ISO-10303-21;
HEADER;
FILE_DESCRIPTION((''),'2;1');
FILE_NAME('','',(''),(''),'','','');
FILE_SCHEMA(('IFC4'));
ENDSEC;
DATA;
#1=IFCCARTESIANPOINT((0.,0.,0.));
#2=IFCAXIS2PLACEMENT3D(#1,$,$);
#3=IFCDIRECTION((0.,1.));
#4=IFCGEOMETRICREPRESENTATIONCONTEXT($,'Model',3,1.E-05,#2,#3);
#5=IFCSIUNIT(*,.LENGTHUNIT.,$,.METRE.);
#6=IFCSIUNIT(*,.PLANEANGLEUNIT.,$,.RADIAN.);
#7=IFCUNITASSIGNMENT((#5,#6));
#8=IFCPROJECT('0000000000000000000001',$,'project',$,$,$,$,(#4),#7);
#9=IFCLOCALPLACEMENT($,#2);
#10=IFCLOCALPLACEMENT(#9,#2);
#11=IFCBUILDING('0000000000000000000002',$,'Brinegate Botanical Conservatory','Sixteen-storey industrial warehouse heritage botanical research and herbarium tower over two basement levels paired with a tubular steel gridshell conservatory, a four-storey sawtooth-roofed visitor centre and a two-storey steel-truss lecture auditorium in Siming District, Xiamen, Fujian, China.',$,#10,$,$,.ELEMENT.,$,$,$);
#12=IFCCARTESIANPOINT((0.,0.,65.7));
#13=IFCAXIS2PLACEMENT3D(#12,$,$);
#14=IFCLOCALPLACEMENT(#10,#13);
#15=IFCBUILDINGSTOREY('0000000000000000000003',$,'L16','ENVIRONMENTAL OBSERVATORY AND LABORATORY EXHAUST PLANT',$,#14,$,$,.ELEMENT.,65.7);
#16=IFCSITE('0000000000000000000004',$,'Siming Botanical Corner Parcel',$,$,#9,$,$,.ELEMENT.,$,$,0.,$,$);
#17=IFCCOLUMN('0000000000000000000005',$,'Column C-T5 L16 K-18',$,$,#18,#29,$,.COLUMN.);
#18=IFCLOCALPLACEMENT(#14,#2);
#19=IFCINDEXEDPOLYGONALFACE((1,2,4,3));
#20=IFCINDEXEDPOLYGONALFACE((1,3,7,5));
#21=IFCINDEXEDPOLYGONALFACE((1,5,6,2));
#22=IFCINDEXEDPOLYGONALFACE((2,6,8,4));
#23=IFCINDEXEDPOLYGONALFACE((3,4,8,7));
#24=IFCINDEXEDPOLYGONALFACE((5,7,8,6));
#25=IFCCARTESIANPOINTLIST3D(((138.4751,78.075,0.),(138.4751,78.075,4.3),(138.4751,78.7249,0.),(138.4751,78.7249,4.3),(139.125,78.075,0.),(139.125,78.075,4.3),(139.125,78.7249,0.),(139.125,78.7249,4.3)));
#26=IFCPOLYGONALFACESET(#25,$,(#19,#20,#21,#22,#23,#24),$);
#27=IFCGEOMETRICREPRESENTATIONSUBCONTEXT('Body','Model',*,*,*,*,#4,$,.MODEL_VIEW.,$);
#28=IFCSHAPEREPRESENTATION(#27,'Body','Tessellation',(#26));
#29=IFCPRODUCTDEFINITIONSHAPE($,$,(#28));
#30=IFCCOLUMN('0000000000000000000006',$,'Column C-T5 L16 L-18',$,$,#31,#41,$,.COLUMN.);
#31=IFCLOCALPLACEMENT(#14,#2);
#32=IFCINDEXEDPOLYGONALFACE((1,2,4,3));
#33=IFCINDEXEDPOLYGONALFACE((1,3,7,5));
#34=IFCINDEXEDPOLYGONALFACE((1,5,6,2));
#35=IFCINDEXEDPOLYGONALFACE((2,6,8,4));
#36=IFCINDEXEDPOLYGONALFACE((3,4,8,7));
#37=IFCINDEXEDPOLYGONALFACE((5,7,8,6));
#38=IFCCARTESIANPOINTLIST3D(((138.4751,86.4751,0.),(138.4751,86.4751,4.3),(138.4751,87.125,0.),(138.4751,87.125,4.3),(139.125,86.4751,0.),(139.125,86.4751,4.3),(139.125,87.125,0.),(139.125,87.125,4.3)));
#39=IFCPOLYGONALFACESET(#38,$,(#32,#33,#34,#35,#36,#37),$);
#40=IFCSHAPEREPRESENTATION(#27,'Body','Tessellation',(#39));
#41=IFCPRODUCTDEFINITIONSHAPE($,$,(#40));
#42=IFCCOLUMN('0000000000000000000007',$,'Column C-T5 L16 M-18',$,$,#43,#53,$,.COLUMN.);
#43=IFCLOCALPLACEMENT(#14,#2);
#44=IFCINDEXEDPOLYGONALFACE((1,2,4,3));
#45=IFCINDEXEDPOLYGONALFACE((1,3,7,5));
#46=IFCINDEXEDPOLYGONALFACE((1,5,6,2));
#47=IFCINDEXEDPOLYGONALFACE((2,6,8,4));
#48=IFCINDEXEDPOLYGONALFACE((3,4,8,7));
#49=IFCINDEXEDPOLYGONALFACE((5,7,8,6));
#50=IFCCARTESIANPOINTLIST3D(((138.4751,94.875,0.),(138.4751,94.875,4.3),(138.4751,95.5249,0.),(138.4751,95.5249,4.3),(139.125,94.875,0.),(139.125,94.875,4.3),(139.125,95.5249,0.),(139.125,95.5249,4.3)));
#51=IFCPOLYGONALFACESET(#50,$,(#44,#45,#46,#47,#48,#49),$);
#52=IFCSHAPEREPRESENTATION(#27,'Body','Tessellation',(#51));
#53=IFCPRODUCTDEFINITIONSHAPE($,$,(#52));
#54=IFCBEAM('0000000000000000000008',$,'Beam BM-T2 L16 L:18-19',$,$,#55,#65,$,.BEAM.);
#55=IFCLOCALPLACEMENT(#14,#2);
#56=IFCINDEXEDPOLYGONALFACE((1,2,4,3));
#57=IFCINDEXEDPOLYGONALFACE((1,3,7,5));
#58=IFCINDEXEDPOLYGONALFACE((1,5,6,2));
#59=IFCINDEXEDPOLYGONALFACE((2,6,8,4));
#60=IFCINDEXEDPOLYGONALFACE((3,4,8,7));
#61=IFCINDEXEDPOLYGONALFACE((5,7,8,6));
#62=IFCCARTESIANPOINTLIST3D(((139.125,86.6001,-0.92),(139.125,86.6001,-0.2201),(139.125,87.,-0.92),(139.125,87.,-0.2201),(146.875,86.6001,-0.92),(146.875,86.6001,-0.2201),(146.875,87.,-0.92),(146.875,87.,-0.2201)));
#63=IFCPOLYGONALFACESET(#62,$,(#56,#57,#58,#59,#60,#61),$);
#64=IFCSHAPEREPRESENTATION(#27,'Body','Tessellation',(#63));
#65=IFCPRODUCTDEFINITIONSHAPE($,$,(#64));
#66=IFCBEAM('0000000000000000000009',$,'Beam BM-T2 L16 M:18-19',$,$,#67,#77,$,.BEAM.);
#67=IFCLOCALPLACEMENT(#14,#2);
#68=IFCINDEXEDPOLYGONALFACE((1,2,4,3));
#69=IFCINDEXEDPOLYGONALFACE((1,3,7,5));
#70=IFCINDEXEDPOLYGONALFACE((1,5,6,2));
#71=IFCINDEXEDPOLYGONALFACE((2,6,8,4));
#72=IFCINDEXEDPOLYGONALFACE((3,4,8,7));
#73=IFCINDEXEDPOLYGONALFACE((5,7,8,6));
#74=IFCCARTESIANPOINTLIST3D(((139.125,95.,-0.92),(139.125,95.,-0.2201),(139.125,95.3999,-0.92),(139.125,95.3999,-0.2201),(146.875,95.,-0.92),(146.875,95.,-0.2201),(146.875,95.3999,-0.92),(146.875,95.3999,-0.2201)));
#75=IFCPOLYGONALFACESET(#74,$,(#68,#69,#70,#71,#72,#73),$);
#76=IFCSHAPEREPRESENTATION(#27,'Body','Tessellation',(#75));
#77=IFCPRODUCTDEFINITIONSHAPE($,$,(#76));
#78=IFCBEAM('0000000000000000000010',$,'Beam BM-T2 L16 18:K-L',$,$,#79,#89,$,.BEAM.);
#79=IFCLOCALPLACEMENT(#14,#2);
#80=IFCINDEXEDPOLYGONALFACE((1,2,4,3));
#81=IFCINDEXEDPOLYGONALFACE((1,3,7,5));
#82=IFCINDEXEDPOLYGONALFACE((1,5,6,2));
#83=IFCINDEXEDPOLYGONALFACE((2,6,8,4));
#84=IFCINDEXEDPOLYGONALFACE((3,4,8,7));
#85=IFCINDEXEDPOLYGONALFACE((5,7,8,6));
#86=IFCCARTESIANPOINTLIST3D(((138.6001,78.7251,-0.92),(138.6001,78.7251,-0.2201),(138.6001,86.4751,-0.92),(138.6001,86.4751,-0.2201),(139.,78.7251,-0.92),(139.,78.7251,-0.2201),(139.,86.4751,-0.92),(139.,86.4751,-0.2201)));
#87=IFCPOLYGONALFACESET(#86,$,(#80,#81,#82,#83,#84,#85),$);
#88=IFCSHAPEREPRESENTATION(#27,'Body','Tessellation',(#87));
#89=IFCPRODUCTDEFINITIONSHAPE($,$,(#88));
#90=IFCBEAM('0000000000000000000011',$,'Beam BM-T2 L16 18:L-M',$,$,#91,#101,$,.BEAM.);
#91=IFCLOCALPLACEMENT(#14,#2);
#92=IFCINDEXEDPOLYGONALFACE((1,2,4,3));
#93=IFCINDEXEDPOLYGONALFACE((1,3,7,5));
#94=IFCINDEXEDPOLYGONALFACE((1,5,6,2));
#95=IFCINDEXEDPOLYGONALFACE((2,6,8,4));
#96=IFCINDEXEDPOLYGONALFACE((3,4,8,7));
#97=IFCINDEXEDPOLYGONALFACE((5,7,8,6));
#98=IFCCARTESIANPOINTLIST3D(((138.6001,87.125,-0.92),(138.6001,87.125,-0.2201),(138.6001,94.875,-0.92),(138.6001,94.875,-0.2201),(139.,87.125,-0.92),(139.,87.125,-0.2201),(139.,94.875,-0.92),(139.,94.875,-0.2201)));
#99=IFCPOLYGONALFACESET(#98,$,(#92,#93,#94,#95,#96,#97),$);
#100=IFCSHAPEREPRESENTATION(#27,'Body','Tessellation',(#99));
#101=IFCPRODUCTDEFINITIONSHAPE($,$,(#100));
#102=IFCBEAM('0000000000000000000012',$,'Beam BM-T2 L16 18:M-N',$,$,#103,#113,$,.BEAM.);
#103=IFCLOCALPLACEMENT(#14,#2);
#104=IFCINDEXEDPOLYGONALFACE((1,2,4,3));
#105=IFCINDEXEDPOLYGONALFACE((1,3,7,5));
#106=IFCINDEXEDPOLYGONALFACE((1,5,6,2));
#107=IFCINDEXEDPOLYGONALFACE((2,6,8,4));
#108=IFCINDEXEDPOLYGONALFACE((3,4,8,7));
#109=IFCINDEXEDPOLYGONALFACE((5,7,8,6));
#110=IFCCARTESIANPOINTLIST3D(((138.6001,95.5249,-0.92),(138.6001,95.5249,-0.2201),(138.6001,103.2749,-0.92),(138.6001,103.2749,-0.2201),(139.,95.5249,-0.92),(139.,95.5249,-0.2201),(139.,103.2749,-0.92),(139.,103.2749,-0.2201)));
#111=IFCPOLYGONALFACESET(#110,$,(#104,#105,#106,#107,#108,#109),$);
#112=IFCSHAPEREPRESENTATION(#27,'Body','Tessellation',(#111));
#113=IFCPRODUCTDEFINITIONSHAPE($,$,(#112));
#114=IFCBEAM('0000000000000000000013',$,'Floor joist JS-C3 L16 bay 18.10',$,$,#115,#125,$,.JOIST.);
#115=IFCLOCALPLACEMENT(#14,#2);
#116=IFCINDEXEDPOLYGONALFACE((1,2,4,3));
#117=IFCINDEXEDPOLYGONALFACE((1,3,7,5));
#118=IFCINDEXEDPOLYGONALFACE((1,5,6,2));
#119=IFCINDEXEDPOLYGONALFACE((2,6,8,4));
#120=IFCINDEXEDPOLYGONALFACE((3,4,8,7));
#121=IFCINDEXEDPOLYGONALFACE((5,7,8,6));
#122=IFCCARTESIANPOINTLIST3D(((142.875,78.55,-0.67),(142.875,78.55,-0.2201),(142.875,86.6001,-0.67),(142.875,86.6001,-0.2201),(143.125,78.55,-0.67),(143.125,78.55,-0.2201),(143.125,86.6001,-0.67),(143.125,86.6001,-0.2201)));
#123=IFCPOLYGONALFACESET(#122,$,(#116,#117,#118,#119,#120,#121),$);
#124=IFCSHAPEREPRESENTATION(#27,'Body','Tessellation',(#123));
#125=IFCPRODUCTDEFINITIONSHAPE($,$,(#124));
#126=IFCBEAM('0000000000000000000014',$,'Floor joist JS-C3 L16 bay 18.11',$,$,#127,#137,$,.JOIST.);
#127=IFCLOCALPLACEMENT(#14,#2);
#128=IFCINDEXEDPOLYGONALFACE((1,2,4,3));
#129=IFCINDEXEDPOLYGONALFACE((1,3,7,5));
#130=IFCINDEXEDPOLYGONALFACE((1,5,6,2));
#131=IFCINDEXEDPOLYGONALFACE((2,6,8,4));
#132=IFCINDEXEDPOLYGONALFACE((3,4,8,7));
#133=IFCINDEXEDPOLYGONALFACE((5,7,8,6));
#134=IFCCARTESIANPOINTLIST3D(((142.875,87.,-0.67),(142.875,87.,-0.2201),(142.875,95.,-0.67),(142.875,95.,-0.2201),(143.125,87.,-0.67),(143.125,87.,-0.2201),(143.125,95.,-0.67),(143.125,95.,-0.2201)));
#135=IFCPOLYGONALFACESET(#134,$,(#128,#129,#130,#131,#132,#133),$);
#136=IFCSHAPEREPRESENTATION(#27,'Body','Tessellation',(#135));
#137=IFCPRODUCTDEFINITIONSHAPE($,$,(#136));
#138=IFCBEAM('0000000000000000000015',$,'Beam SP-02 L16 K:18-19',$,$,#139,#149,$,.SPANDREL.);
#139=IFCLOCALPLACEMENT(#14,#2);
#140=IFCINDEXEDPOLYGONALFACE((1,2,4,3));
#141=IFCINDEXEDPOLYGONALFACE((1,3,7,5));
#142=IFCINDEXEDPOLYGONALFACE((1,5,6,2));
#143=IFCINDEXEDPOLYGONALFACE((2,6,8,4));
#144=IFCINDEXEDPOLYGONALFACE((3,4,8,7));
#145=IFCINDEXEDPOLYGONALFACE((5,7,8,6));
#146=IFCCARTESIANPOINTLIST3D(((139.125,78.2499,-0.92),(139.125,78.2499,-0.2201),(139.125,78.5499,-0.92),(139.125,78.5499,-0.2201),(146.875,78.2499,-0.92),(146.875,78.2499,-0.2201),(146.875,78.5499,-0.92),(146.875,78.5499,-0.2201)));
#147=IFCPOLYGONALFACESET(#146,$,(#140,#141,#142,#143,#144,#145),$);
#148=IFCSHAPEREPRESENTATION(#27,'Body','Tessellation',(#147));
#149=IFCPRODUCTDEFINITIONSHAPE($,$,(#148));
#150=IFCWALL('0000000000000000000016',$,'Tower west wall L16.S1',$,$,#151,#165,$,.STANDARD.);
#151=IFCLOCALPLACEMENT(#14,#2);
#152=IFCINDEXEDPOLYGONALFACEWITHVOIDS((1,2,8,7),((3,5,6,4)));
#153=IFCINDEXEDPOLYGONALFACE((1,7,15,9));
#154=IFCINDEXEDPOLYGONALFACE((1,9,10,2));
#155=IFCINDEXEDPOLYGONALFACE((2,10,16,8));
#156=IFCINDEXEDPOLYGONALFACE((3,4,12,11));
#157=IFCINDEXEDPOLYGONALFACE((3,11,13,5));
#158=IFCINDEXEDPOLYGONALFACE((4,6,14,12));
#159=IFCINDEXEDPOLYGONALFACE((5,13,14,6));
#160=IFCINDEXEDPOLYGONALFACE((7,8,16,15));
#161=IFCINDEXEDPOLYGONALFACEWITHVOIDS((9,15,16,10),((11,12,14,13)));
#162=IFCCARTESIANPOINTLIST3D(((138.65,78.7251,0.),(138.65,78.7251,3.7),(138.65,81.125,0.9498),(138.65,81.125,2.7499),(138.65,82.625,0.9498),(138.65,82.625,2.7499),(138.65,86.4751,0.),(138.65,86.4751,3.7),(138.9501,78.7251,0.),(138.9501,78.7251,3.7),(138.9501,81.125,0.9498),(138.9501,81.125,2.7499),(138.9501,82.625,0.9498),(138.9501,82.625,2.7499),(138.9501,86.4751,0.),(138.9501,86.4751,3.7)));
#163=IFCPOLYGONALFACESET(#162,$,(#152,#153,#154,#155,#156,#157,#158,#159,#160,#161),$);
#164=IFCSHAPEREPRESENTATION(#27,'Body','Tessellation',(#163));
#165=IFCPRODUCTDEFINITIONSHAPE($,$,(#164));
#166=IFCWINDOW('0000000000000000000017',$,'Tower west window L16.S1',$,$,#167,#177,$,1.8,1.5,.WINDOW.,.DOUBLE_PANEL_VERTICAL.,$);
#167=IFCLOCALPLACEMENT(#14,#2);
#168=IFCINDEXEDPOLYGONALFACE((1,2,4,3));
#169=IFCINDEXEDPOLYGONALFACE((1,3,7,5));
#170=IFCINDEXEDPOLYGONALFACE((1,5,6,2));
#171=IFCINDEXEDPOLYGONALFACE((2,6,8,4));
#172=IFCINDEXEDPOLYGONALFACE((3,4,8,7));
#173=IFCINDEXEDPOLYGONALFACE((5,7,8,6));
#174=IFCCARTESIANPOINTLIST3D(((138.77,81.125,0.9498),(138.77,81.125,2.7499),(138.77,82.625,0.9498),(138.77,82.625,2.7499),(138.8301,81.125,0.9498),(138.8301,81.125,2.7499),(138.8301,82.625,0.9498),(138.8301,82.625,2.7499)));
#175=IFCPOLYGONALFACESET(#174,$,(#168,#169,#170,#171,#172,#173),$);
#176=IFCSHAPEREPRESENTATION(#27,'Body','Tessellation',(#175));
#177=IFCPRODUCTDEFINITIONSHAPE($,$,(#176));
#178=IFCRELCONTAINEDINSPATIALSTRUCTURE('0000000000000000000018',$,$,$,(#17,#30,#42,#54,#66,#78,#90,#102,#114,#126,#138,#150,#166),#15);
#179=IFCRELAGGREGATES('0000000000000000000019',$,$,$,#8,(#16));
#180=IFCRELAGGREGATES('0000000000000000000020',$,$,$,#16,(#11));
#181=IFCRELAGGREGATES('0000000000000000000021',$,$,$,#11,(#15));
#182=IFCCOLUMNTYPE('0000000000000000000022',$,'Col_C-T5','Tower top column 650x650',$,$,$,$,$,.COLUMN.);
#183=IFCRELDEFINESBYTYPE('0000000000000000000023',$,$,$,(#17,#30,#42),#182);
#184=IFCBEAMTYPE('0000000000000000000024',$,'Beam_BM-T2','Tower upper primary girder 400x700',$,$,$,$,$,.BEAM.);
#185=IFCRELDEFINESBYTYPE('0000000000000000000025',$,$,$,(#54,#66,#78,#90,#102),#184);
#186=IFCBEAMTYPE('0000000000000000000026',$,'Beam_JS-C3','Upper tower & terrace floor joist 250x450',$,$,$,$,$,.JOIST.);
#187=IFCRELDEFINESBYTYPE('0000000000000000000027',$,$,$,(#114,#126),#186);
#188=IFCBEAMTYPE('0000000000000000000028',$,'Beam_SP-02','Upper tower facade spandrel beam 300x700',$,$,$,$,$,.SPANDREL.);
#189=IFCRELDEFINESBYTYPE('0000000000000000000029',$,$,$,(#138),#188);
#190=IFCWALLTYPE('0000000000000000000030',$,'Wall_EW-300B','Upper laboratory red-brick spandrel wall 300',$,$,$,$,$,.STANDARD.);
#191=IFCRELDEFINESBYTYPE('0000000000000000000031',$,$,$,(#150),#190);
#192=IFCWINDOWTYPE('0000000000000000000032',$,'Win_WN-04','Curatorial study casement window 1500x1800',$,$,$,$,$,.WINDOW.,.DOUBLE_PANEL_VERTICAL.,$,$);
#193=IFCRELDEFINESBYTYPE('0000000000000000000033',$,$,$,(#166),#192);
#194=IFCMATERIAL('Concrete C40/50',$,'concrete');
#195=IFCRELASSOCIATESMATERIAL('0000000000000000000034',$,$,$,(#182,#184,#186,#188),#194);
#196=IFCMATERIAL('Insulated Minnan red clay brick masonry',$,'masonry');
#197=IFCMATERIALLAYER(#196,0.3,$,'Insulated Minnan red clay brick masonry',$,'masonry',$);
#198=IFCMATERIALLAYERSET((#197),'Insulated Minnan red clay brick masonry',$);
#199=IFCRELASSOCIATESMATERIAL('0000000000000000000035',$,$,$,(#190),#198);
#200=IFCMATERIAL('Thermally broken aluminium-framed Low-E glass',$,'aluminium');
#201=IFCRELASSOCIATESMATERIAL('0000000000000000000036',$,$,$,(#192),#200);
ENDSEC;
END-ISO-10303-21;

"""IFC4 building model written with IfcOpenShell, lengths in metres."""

from ifc_helpers import new_model, si_unit, direction, frame, frame_2d, origin, origin_2d, place, context, subcontext, project, spatial, rectangle, extrude, material, layer, layer_set, material_profile, profile_set, type_object, element, fill, save


model = new_model("IFC4")

# Units and contexts
model_context = context("Model", 3, precision=1e-05, world=origin(), true_north=direction((0.0, 1.0)))
body_context = subcontext(model_context, "Body", "Model", "MODEL_VIEW")
ifc_project = project(units=[si_unit("LENGTHUNIT", "METRE"), si_unit("PLANEANGLEUNIT", "RADIAN")], contexts=[model_context])

# Site, building, storey
site_placement = place(None, origin())
site = spatial("IfcSite", under=ifc_project, at=site_placement, Name="Siming Botanical Corner Parcel", CompositionType="ELEMENT", RefElevation=0.0)
building_placement = place(site_placement, origin())
building = spatial("IfcBuilding", under=site, at=building_placement, Name="Brinegate Botanical Conservatory", Description="Sixteen-storey industrial warehouse heritage botanical research and herbarium tower over two basement levels paired with a tubular steel gridshell conservatory, a four-storey sawtooth-roofed visitor centre and a two-storey steel-truss lecture auditorium in Siming District, Xiamen, Fujian, China.", CompositionType="ELEMENT")
storey_placement = place(building_placement, frame((0.0, 0.0, 65.7)))
storey = spatial("IfcBuildingStorey", under=building, at=storey_placement, Name="L16", Description="ENVIRONMENTAL OBSERVATORY AND LABORATORY EXHAUST PLANT", CompositionType="ELEMENT", Elevation=65.7)

# Columns
ifc_material_1 = material(Name="Concrete C40/50", Category="concrete")
ifc_material_profile_1 = material_profile(ifc_material_1, rectangle(XDim=0.6499, YDim=0.6499, at=origin_2d()), Name="RC COL 650x650")
ifc_profile_set_1 = profile_set([ifc_material_profile_1], Name="Concrete C40/50")
column_type = type_object("IfcColumnType", Name="Col_C-T5", Description="Tower top column 650x650", PredefinedType="COLUMN", material=ifc_profile_set_1)
for number, where, z_axis, x_axis, name in (
    (1, (138.8, 78.3999, 0.0), (0.0, 0.0, 1.0), (1.0, 0.0, 0.0), "Column C-T5 L16 K-18"),
    (2, (138.8, 86.8, 0.0), (0.0, 0.0, 1.0), (1.0, 0.0, 0.0), "Column C-T5 L16 L-18"),
    (3, (138.8, 95.2, 0.0), (0.0, 0.0, 1.0), (1.0, 0.0, 0.0), "Column C-T5 L16 M-18"),
):
    element("IfcColumn", number, at=place(storey_placement, frame(where, z_axis=z_axis, x_axis=x_axis)), inside=storey, type_object=column_type, Name=name, PredefinedType="COLUMN", context=body_context, shape_type="SweptSolid", body=[
        extrude(rectangle(XDim=0.6499, YDim=0.6499, at=origin_2d()), origin(), (0.0, 0.0, 1.0), 4.3),
    ])

# Beams
ifc_material_profile_2 = material_profile(ifc_material_1, rectangle(XDim=0.3999, YDim=0.7, at=origin_2d()), Name="RC BM 400x700")
ifc_profile_set_2 = profile_set([ifc_material_profile_2], Name="Concrete C40/50")
beam_type_1 = type_object("IfcBeamType", Name="Beam_BM-T2", Description="Tower upper primary girder 400x700", PredefinedType="BEAM", material=ifc_profile_set_2)
for number, where, z_axis, x_axis, name in (
    (4, (139.125, 86.8, -0.5701), (1.0, 0.0, 0.0), (0.0, 1.0, 0.0), "Beam BM-T2 L16 L:18-19"),
    (5, (139.125, 95.2, -0.5701), (1.0, 0.0, 0.0), (0.0, 1.0, 0.0), "Beam BM-T2 L16 M:18-19"),
    (6, (138.8, 78.7251, -0.5701), (0.0, 1.0, 0.0), (-1.0, 0.0, 0.0), "Beam BM-T2 L16 18:K-L"),
    (7, (138.8, 87.125, -0.5701), (0.0, 1.0, 0.0), (-1.0, 0.0, 0.0), "Beam BM-T2 L16 18:L-M"),
    (8, (138.8, 95.5249, -0.5701), (0.0, 1.0, 0.0), (-1.0, 0.0, 0.0), "Beam BM-T2 L16 18:M-N"),
):
    element("IfcBeam", number, at=place(storey_placement, frame(where, z_axis=z_axis, x_axis=x_axis)), inside=storey, type_object=beam_type_1, Name=name, PredefinedType="BEAM", context=body_context, shape_type="SweptSolid", body=[
        extrude(rectangle(XDim=0.3999, YDim=0.7, at=origin_2d()), origin(), (0.0, 0.0, 1.0), 7.75),
    ])
ifc_material_profile_3 = material_profile(ifc_material_1, rectangle(XDim=0.25, YDim=0.45, at=origin_2d()), Name="RC JST 250x450")
ifc_profile_set_3 = profile_set([ifc_material_profile_3], Name="Concrete C40/50")
beam_type_2 = type_object("IfcBeamType", Name="Beam_JS-C3", Description="Upper tower & terrace floor joist 250x450", PredefinedType="JOIST", material=ifc_profile_set_3)
beam_1_placement = place(storey_placement, frame((143.0, 78.55, -0.4451), z_axis=(0.0, 1.0, 0.0), x_axis=(-1.0, 0.0, 0.0)))
element("IfcBeam", 9, at=beam_1_placement, inside=storey, type_object=beam_type_2, Name="Floor joist JS-C3 L16 bay 18.10", PredefinedType="JOIST", context=body_context, shape_type="SweptSolid", body=[
    extrude(rectangle(XDim=0.25, YDim=0.45, at=origin_2d()), origin(), (0.0, 0.0, 1.0), 8.05),
])
beam_2_placement = place(storey_placement, frame((143.0, 87.0, -0.4451), z_axis=(0.0, 1.0, 0.0), x_axis=(-1.0, 0.0, 0.0)))
element("IfcBeam", 10, at=beam_2_placement, inside=storey, type_object=beam_type_2, Name="Floor joist JS-C3 L16 bay 18.11", PredefinedType="JOIST", context=body_context, shape_type="SweptSolid", body=[
    extrude(rectangle(XDim=0.25, YDim=0.45, at=origin_2d()), origin(), (0.0, 0.0, 1.0), 8.0),
])
ifc_material_profile_4 = material_profile(ifc_material_1, rectangle(XDim=0.3, YDim=0.7, at=origin_2d()), Name="RC SPN 300x700")
ifc_profile_set_4 = profile_set([ifc_material_profile_4], Name="Concrete C40/50")
beam_type_3 = type_object("IfcBeamType", Name="Beam_SP-02", Description="Upper tower facade spandrel beam 300x700", PredefinedType="SPANDREL", material=ifc_profile_set_4)
beam_3_placement = place(storey_placement, frame((139.125, 78.3999, -0.5701), z_axis=(1.0, 0.0, 0.0), x_axis=(0.0, 1.0, 0.0)))
element("IfcBeam", 11, at=beam_3_placement, inside=storey, type_object=beam_type_3, Name="Beam SP-02 L16 K:18-19", PredefinedType="SPANDREL", context=body_context, shape_type="SweptSolid", body=[
    extrude(rectangle(XDim=0.3, YDim=0.7, at=origin_2d()), origin(), (0.0, 0.0, 1.0), 7.75),
])

# Wall, opening, window
ifc_material_2 = material(Name="Insulated Minnan red clay brick masonry", Category="masonry")
ifc_layer_1 = layer(ifc_material_2, 0.3, Name="Insulated Minnan red clay brick masonry", Category="masonry")
ifc_layer_set_1 = layer_set([ifc_layer_1], Name="Insulated Minnan red clay brick masonry")
wall_type_1 = type_object("IfcWallType", Name="Wall_EW-300B", Description="Upper laboratory red-brick spandrel wall 300", PredefinedType="STANDARD", material=ifc_layer_set_1)
wall_1_placement = place(storey_placement, frame((138.8, 78.7251, 0.0), z_axis=(0.0, 0.0, 1.0), x_axis=(0.0, 1.0, 0.0)))
wall_1 = element("IfcWall", 12, at=wall_1_placement, inside=storey, type_object=wall_type_1, Name="Tower west wall L16.S1", PredefinedType="STANDARD", context=body_context, shape_type="SweptSolid", body=[
    extrude(rectangle(XDim=7.75, YDim=0.3, at=frame_2d((3.875, 0.0))), origin(), (0.0, 0.0, 1.0), 3.7),
])
opening_1_placement = place(wall_1_placement, frame((2.3999, 0.0, 0.95)))
opening_1 = element("IfcOpeningElement", 13, at=opening_1_placement, cuts=wall_1, PredefinedType="OPENING", context=body_context, shape_type="SweptSolid", body=[
    extrude(rectangle(XDim=1.5, YDim=1.8, at=frame_2d((0.75, 0.8999))), frame((0.0, 0.1599, 0.0), z_axis=(0.0, -1.0, 0.0), x_axis=(1.0, 0.0, 0.0)), (0.0, 0.0, 1.0), 0.3201),
])
ifc_material_3 = material(Name="Thermally broken aluminium-framed Low-E glass", Category="aluminium")
window_type = type_object("IfcWindowType", Name="Win_WN-04", Description="Curatorial study casement window 1500x1800", PartitioningType="DOUBLE_PANEL_VERTICAL", PredefinedType="WINDOW", material=ifc_material_3)
window_1_placement = place(opening_1_placement, origin())
window_1 = element("IfcWindow", 14, at=window_1_placement, inside=storey, type_object=window_type, Name="Tower west window L16.S1", OverallHeight=1.8, OverallWidth=1.5, PartitioningType="DOUBLE_PANEL_VERTICAL", PredefinedType="WINDOW", context=body_context, shape_type="SweptSolid", body=[
    extrude(rectangle(XDim=1.5, YDim=1.8, at=frame_2d((0.75, 0.8999))), frame((0.0, 0.03, 0.0), z_axis=(0.0, -1.0, 0.0), x_axis=(1.0, 0.0, 0.0)), (0.0, 0.0, 1.0), 0.0601),
])
fill(opening_1, window_1)

save(model, "model.ifc")
